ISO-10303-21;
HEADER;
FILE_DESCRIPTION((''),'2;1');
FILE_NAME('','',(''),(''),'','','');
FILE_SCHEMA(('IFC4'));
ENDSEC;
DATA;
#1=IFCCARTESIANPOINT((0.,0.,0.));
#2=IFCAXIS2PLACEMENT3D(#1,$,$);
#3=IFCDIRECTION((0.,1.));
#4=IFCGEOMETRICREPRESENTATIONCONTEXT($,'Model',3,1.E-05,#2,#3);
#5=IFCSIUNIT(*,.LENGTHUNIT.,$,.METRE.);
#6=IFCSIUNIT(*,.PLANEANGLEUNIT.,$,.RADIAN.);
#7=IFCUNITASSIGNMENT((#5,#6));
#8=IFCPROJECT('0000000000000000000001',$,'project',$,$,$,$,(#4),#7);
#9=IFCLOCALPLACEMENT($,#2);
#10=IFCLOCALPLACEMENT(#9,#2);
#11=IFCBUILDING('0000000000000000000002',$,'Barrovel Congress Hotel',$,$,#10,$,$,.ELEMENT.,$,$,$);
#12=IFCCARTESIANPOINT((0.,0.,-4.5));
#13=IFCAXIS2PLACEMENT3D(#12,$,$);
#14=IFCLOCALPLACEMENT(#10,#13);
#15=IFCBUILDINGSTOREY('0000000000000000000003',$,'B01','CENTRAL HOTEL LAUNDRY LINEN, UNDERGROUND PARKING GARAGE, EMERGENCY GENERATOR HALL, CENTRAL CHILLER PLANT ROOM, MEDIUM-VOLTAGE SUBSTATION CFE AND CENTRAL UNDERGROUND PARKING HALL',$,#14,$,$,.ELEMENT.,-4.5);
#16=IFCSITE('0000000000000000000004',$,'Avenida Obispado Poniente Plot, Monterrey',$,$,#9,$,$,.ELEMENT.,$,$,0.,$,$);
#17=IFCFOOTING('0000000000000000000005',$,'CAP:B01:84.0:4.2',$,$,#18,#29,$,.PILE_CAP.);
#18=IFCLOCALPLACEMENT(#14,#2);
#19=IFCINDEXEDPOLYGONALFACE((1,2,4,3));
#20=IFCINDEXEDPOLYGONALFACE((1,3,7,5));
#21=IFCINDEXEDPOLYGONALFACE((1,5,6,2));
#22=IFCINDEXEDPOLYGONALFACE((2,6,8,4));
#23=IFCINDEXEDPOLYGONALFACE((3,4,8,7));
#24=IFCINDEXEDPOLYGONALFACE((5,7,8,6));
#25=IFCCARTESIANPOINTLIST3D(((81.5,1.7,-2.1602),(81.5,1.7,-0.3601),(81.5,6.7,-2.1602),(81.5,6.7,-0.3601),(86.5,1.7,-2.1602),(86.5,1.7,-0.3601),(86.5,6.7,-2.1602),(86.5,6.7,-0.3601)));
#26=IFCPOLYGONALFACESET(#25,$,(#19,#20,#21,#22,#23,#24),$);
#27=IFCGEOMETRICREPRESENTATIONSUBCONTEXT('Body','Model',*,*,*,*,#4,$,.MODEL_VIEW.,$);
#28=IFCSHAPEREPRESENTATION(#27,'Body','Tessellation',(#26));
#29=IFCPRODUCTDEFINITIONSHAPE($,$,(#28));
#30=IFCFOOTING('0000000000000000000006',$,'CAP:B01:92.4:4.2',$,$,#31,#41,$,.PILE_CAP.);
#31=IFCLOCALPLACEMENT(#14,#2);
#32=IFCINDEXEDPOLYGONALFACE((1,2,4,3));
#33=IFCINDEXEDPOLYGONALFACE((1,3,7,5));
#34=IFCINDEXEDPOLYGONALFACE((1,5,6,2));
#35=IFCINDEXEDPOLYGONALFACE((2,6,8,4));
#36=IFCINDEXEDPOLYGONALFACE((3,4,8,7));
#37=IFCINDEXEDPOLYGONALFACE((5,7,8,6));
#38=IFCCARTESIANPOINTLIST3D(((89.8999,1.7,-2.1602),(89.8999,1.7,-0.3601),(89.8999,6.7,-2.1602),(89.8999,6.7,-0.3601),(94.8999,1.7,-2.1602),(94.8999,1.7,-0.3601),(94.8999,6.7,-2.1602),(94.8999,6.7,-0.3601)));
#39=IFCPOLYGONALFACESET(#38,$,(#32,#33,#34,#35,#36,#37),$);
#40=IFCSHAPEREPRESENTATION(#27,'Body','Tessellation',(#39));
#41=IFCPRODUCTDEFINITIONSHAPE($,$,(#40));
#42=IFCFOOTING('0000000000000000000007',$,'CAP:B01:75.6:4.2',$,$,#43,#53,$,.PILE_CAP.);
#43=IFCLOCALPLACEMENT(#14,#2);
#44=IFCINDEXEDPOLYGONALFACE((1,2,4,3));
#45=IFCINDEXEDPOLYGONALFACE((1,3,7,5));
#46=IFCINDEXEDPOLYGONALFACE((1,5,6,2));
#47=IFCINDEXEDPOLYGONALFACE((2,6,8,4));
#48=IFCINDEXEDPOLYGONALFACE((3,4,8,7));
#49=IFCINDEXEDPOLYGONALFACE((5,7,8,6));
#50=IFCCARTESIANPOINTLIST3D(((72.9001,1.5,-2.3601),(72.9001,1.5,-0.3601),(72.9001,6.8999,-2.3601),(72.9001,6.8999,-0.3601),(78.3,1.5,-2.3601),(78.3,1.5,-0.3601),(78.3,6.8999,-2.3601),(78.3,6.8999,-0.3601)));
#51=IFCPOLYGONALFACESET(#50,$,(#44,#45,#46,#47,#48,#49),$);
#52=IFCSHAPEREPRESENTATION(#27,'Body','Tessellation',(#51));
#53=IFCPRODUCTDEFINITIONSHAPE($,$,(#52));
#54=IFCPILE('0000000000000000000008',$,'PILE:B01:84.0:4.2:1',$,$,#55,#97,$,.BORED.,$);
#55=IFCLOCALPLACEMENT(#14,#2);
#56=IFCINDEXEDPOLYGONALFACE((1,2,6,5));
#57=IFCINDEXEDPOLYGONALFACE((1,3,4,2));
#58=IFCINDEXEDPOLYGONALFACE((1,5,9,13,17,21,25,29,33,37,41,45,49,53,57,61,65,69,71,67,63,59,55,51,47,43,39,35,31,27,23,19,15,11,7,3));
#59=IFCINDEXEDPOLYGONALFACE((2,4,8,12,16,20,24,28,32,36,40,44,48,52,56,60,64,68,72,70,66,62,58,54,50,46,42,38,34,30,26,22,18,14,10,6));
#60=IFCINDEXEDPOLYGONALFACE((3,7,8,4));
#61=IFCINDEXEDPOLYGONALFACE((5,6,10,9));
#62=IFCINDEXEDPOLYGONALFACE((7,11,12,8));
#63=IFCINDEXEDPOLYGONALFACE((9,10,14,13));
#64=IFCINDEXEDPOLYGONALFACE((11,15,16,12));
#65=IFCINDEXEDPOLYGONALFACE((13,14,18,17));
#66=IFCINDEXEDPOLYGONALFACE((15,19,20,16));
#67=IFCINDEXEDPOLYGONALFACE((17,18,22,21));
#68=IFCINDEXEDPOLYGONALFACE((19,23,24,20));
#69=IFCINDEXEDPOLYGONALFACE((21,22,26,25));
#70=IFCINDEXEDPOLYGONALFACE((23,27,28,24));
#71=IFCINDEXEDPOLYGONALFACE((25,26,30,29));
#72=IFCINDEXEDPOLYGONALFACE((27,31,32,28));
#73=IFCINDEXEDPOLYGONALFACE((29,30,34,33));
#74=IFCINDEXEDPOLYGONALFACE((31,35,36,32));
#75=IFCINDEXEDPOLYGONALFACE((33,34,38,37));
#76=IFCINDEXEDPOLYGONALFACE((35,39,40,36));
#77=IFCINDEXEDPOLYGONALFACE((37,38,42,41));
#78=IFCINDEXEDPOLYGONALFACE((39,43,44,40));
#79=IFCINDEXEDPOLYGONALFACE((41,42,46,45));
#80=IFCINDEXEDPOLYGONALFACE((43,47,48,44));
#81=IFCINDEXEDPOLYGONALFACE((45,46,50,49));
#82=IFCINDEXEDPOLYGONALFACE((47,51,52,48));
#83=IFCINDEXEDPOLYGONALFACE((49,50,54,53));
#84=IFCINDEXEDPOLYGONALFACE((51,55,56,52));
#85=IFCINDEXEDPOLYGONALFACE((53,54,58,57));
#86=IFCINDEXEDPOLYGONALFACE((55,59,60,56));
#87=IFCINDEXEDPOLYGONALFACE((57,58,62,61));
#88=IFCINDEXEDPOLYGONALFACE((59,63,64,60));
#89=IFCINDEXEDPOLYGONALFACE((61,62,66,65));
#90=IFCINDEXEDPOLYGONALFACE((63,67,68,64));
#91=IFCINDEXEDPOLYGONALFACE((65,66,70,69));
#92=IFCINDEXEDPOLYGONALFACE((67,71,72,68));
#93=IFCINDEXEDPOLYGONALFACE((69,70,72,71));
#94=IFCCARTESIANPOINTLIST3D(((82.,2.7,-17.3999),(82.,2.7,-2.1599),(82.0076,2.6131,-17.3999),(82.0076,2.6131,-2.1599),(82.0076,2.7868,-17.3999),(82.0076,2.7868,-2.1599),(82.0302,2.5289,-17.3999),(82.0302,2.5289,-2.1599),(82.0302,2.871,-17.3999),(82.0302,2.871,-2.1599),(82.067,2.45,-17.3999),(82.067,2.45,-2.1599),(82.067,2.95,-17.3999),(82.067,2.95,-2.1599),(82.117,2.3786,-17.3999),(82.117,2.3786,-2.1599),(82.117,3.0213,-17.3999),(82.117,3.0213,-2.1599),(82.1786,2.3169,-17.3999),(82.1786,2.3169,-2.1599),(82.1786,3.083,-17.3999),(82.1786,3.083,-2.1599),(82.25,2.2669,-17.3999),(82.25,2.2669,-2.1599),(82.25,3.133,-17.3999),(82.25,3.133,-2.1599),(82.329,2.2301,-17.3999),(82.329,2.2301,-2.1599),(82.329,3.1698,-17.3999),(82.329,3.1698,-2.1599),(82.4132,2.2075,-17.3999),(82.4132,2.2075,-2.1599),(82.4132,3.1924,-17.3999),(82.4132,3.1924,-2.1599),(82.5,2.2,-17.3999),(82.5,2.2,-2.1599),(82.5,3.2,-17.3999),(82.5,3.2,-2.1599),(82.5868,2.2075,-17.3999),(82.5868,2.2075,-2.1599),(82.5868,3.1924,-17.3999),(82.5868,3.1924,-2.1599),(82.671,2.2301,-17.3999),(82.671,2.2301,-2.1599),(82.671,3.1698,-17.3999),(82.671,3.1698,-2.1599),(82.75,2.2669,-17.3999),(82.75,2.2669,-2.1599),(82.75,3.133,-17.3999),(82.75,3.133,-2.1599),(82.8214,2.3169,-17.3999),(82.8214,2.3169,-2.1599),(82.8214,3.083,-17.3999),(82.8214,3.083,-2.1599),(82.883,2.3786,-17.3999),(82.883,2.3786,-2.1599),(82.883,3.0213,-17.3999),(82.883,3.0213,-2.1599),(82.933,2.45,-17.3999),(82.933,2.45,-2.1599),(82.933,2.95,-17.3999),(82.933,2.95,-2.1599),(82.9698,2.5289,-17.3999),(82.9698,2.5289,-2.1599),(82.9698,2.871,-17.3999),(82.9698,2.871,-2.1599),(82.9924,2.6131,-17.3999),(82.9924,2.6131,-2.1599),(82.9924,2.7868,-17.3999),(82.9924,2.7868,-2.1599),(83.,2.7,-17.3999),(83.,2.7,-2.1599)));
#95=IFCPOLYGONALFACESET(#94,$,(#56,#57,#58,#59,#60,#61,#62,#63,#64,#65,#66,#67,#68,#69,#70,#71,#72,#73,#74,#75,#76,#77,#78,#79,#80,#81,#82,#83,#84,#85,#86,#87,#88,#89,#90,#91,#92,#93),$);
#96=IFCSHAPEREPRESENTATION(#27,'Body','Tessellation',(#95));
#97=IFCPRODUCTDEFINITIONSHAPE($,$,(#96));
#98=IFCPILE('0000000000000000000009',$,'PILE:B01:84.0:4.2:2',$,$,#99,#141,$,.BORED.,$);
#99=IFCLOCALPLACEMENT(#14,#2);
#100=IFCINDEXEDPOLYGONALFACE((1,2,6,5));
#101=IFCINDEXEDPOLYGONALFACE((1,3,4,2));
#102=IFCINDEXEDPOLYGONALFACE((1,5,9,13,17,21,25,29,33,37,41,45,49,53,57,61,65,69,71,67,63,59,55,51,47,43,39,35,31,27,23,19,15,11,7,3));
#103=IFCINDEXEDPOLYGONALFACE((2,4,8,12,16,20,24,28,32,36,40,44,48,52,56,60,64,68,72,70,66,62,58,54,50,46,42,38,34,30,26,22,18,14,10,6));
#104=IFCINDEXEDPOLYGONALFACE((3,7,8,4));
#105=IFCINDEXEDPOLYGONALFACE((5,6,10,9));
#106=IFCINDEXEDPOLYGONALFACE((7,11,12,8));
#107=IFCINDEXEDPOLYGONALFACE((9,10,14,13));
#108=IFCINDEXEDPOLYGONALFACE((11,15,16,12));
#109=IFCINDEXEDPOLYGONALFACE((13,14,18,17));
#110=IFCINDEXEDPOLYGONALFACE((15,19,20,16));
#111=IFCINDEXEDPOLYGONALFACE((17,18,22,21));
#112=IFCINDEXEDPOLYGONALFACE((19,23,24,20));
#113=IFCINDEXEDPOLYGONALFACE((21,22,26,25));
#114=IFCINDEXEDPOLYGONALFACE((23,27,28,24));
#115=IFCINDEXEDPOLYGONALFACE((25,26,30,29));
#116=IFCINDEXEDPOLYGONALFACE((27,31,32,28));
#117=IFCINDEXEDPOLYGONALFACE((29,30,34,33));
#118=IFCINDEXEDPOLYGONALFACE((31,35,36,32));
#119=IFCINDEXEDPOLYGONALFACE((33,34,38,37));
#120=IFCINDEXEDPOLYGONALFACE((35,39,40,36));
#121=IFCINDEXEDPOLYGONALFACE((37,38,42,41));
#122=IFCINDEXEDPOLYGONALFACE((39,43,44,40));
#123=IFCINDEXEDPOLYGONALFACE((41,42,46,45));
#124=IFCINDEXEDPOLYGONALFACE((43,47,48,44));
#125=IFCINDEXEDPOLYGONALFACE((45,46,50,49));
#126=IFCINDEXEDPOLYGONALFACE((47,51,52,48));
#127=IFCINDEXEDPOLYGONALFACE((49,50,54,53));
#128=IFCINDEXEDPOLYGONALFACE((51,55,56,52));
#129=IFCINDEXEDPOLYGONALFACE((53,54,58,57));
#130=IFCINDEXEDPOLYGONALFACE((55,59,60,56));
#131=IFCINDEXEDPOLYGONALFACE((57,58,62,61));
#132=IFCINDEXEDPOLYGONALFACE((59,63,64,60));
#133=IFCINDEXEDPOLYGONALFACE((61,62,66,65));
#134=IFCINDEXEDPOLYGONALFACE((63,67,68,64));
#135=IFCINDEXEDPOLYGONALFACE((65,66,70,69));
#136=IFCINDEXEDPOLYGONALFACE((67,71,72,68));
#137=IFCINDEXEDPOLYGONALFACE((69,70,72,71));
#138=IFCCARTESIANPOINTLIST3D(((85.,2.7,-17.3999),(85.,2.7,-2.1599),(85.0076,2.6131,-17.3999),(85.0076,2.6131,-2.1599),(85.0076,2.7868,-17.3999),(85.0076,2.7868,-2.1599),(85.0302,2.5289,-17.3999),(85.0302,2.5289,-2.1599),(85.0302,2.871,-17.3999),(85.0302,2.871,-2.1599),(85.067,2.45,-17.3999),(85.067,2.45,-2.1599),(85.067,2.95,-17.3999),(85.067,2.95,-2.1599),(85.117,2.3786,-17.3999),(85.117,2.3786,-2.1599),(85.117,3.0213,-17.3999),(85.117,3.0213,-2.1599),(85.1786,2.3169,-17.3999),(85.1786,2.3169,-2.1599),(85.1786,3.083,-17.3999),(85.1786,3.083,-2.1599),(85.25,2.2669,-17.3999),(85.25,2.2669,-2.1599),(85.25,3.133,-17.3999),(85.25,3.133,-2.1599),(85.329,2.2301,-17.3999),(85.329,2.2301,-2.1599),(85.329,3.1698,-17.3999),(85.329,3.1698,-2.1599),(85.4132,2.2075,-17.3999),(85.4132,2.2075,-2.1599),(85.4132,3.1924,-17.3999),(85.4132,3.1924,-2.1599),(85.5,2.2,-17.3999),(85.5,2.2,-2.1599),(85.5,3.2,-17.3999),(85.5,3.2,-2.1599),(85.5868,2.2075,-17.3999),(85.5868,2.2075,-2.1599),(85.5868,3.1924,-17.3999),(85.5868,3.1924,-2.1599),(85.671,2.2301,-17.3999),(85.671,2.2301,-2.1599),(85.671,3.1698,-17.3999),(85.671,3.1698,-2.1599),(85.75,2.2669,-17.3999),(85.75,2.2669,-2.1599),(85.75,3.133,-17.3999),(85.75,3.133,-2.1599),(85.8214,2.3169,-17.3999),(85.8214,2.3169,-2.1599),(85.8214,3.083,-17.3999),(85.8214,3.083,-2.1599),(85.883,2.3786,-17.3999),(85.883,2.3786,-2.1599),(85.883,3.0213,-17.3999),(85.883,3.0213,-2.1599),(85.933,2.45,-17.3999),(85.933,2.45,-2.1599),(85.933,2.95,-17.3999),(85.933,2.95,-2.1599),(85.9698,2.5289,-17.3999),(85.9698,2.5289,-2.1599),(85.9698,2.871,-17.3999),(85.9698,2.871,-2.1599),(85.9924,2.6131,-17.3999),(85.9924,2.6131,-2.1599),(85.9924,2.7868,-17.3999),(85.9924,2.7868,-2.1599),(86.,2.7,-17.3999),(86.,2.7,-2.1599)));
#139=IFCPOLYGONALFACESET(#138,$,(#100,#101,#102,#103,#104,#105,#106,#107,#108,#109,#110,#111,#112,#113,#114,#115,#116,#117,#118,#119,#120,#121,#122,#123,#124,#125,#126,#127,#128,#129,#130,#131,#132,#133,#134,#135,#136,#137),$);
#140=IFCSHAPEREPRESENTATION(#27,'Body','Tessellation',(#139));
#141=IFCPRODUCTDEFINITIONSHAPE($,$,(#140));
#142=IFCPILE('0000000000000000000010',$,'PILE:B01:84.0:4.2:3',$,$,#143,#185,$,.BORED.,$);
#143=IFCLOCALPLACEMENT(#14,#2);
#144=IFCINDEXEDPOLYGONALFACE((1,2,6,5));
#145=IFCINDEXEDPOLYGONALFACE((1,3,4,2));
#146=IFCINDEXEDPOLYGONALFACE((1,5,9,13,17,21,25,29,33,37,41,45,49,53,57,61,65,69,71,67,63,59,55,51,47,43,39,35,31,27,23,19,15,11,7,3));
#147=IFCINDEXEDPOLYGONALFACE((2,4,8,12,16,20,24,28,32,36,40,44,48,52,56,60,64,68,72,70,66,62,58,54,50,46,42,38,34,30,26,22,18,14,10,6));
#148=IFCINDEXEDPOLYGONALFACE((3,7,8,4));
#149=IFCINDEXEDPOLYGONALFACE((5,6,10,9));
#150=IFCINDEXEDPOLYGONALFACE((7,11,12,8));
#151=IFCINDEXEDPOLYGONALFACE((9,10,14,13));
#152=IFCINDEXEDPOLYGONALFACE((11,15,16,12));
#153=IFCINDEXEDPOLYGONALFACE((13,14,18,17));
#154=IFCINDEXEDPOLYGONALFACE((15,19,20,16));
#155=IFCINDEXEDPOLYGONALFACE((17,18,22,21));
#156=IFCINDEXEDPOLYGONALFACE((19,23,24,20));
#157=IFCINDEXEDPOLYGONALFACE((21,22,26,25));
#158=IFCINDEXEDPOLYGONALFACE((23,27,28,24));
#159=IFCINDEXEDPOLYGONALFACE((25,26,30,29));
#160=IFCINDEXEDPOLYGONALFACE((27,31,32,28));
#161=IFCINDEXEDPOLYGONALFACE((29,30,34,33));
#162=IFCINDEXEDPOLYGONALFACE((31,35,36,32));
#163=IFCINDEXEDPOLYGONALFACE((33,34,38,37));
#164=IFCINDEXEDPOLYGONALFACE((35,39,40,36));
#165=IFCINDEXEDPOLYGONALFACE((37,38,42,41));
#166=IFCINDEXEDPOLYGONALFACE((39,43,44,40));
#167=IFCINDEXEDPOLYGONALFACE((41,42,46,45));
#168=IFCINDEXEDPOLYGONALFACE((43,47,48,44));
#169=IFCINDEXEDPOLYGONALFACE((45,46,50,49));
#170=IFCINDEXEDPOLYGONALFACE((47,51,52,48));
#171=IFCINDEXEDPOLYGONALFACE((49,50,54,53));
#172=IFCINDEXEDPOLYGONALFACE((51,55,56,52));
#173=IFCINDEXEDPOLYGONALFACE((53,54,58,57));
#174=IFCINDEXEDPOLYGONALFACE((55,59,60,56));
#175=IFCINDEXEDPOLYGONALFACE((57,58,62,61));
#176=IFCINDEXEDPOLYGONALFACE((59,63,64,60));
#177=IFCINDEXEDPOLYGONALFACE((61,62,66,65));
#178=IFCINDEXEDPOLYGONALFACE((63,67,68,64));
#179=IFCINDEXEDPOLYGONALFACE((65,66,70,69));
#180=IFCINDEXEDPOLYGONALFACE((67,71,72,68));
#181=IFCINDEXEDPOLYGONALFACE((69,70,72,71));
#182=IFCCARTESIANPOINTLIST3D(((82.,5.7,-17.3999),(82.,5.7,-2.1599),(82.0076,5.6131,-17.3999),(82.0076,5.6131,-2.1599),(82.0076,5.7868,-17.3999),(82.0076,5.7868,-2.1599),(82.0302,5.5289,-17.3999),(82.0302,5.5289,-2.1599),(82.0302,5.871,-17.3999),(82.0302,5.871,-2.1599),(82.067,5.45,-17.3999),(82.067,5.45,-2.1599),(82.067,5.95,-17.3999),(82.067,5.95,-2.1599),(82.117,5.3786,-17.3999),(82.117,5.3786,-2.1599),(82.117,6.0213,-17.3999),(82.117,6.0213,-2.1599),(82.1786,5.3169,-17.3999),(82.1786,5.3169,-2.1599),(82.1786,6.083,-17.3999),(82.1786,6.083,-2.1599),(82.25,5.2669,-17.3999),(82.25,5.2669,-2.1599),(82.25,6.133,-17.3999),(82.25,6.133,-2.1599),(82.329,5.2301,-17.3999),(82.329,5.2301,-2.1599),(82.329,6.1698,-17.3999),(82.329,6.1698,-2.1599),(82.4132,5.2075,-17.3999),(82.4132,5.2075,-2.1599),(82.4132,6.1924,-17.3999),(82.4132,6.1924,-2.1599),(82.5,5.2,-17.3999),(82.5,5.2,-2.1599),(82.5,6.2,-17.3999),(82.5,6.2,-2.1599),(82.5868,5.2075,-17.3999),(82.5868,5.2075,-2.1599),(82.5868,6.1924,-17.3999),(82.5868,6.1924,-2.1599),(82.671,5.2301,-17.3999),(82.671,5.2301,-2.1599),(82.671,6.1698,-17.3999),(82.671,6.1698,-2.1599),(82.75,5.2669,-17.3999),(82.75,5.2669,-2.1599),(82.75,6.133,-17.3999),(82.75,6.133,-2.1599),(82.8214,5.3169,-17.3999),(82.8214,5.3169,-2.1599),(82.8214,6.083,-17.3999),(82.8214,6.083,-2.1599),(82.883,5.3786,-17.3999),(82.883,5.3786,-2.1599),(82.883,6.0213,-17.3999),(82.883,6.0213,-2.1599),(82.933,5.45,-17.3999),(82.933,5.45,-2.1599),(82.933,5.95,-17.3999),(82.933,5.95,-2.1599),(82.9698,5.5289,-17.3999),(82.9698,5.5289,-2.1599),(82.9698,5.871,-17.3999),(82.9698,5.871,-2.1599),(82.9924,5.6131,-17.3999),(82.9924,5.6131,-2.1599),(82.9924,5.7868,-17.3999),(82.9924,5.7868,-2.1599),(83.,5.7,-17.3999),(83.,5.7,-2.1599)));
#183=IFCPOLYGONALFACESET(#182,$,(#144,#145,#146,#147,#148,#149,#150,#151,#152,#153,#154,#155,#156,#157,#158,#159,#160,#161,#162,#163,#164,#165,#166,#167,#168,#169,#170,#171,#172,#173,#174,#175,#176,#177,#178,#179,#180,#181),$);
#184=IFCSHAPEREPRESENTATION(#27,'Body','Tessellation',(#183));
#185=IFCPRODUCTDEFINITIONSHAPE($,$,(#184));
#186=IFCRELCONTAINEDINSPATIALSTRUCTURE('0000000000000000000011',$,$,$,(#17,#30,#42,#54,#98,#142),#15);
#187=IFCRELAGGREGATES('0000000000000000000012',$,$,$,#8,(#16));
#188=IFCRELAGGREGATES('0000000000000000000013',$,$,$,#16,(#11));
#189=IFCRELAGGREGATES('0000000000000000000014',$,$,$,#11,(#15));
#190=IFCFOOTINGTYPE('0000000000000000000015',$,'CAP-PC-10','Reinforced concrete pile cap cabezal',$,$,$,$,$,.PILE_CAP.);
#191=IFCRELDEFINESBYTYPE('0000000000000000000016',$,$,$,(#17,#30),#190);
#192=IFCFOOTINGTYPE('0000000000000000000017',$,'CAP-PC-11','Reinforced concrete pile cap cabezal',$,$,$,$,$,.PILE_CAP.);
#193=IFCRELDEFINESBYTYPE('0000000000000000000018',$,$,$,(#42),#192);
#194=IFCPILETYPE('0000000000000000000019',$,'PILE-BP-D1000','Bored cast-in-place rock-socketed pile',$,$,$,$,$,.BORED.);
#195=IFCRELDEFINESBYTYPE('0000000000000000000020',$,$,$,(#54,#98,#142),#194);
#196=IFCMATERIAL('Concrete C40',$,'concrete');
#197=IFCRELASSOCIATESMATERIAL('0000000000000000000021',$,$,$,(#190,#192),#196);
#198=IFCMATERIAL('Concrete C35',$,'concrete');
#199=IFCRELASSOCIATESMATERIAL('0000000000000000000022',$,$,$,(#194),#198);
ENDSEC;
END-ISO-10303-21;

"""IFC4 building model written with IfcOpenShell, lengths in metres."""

from ifc_helpers import new_model, si_unit, direction, frame, origin, origin_2d, place, context, subcontext, project, spatial, rectangle, circle, extrude, material, material_profile, profile_set, type_object, element, save


model = new_model("IFC4")

# Units and contexts
model_context = context("Model", 3, precision=1e-05, world=origin(), true_north=direction((0.0, 1.0)))
body_context = subcontext(model_context, "Body", "Model", "MODEL_VIEW")
ifc_project = project(units=[si_unit("LENGTHUNIT", "METRE"), si_unit("PLANEANGLEUNIT", "RADIAN")], contexts=[model_context])

# Site, building, storey
site_placement = place(None, origin())
site = spatial("IfcSite", under=ifc_project, at=site_placement, Name="Avenida Obispado Poniente Plot, Monterrey", CompositionType="ELEMENT", RefElevation=0.0)
building_placement = place(site_placement, origin())
building = spatial("IfcBuilding", under=site, at=building_placement, Name="Barrovel Congress Hotel", CompositionType="ELEMENT")
storey_placement = place(building_placement, frame((0.0, 0.0, -4.5)))
storey = spatial("IfcBuildingStorey", under=building, at=storey_placement, Name="B01", Description="CENTRAL HOTEL LAUNDRY LINEN, UNDERGROUND PARKING GARAGE, EMERGENCY GENERATOR HALL, CENTRAL CHILLER PLANT ROOM, MEDIUM-VOLTAGE SUBSTATION CFE AND CENTRAL UNDERGROUND PARKING HALL", CompositionType="ELEMENT", Elevation=-4.5)

# Footings
ifc_material_1 = material(Name="Concrete C40", Category="concrete")
footing_type_1 = type_object("IfcFootingType", Name="CAP-PC-10", Description="Reinforced concrete pile cap cabezal", PredefinedType="PILE_CAP", material=ifc_material_1)
for number, where, z_axis, x_axis, name in (
    (1, (84.0, 4.2, -2.1602), (0.0, 0.0, 1.0), (1.0, 0.0, 0.0), "CAP:B01:84.0:4.2"),
    (2, (92.3999, 4.2, -2.1602), (0.0, 0.0, 1.0), (1.0, 0.0, 0.0), "CAP:B01:92.4:4.2"),
):
    element("IfcFooting", number, at=place(storey_placement, frame(where, z_axis=z_axis, x_axis=x_axis)), inside=storey, type_object=footing_type_1, Name=name, PredefinedType="PILE_CAP", context=body_context, shape_type="SweptSolid", body=[
        extrude(rectangle(XDim=5.0, YDim=5.0, at=origin_2d()), origin(), (0.0, 0.0, 1.0), 1.8),
    ])
footing_type_2 = type_object("IfcFootingType", Name="CAP-PC-11", Description="Reinforced concrete pile cap cabezal", PredefinedType="PILE_CAP", material=ifc_material_1)
footing_placement = place(storey_placement, frame((75.6001, 4.2, -2.3601), z_axis=(0.0, 0.0, 1.0), x_axis=(1.0, 0.0, 0.0)))
element("IfcFooting", 3, at=footing_placement, inside=storey, type_object=footing_type_2, Name="CAP:B01:75.6:4.2", PredefinedType="PILE_CAP", context=body_context, shape_type="SweptSolid", body=[
    extrude(rectangle(XDim=5.3999, YDim=5.3999, at=origin_2d()), origin(), (0.0, 0.0, 1.0), 2.0),
])

# Piles
ifc_material_2 = material(Name="Concrete C35", Category="concrete")
ifc_material_profile_1 = material_profile(ifc_material_2, circle(Radius=0.5, at=origin_2d()), Name="BP-D1000")
ifc_profile_set_1 = profile_set([ifc_material_profile_1], Name="Concrete C35")
pile_type_1 = type_object("IfcPileType", Name="PILE-BP-D1000", Description="Bored cast-in-place rock-socketed pile", PredefinedType="BORED", material=ifc_profile_set_1)
for number, where, z_axis, x_axis, name in (
    (4, (82.5, 2.7, -2.1599), (0.0, 0.0, -1.0), (1.0, 0.0, 0.0), "PILE:B01:84.0:4.2:1"),
    (5, (85.5, 2.7, -2.1599), (0.0, 0.0, -1.0), (1.0, 0.0, 0.0), "PILE:B01:84.0:4.2:2"),
    (6, (82.5, 5.7, -2.1599), (0.0, 0.0, -1.0), (1.0, 0.0, 0.0), "PILE:B01:84.0:4.2:3"),
):
    element("IfcPile", number, at=place(storey_placement, frame(where, z_axis=z_axis, x_axis=x_axis)), inside=storey, type_object=pile_type_1, Name=name, PredefinedType="BORED", context=body_context, shape_type="SweptSolid", body=[
        extrude(circle(Radius=0.5, at=origin_2d()), origin(), (0.0, 0.0, 1.0), 15.24),
    ])

save(model, "model.ifc")
